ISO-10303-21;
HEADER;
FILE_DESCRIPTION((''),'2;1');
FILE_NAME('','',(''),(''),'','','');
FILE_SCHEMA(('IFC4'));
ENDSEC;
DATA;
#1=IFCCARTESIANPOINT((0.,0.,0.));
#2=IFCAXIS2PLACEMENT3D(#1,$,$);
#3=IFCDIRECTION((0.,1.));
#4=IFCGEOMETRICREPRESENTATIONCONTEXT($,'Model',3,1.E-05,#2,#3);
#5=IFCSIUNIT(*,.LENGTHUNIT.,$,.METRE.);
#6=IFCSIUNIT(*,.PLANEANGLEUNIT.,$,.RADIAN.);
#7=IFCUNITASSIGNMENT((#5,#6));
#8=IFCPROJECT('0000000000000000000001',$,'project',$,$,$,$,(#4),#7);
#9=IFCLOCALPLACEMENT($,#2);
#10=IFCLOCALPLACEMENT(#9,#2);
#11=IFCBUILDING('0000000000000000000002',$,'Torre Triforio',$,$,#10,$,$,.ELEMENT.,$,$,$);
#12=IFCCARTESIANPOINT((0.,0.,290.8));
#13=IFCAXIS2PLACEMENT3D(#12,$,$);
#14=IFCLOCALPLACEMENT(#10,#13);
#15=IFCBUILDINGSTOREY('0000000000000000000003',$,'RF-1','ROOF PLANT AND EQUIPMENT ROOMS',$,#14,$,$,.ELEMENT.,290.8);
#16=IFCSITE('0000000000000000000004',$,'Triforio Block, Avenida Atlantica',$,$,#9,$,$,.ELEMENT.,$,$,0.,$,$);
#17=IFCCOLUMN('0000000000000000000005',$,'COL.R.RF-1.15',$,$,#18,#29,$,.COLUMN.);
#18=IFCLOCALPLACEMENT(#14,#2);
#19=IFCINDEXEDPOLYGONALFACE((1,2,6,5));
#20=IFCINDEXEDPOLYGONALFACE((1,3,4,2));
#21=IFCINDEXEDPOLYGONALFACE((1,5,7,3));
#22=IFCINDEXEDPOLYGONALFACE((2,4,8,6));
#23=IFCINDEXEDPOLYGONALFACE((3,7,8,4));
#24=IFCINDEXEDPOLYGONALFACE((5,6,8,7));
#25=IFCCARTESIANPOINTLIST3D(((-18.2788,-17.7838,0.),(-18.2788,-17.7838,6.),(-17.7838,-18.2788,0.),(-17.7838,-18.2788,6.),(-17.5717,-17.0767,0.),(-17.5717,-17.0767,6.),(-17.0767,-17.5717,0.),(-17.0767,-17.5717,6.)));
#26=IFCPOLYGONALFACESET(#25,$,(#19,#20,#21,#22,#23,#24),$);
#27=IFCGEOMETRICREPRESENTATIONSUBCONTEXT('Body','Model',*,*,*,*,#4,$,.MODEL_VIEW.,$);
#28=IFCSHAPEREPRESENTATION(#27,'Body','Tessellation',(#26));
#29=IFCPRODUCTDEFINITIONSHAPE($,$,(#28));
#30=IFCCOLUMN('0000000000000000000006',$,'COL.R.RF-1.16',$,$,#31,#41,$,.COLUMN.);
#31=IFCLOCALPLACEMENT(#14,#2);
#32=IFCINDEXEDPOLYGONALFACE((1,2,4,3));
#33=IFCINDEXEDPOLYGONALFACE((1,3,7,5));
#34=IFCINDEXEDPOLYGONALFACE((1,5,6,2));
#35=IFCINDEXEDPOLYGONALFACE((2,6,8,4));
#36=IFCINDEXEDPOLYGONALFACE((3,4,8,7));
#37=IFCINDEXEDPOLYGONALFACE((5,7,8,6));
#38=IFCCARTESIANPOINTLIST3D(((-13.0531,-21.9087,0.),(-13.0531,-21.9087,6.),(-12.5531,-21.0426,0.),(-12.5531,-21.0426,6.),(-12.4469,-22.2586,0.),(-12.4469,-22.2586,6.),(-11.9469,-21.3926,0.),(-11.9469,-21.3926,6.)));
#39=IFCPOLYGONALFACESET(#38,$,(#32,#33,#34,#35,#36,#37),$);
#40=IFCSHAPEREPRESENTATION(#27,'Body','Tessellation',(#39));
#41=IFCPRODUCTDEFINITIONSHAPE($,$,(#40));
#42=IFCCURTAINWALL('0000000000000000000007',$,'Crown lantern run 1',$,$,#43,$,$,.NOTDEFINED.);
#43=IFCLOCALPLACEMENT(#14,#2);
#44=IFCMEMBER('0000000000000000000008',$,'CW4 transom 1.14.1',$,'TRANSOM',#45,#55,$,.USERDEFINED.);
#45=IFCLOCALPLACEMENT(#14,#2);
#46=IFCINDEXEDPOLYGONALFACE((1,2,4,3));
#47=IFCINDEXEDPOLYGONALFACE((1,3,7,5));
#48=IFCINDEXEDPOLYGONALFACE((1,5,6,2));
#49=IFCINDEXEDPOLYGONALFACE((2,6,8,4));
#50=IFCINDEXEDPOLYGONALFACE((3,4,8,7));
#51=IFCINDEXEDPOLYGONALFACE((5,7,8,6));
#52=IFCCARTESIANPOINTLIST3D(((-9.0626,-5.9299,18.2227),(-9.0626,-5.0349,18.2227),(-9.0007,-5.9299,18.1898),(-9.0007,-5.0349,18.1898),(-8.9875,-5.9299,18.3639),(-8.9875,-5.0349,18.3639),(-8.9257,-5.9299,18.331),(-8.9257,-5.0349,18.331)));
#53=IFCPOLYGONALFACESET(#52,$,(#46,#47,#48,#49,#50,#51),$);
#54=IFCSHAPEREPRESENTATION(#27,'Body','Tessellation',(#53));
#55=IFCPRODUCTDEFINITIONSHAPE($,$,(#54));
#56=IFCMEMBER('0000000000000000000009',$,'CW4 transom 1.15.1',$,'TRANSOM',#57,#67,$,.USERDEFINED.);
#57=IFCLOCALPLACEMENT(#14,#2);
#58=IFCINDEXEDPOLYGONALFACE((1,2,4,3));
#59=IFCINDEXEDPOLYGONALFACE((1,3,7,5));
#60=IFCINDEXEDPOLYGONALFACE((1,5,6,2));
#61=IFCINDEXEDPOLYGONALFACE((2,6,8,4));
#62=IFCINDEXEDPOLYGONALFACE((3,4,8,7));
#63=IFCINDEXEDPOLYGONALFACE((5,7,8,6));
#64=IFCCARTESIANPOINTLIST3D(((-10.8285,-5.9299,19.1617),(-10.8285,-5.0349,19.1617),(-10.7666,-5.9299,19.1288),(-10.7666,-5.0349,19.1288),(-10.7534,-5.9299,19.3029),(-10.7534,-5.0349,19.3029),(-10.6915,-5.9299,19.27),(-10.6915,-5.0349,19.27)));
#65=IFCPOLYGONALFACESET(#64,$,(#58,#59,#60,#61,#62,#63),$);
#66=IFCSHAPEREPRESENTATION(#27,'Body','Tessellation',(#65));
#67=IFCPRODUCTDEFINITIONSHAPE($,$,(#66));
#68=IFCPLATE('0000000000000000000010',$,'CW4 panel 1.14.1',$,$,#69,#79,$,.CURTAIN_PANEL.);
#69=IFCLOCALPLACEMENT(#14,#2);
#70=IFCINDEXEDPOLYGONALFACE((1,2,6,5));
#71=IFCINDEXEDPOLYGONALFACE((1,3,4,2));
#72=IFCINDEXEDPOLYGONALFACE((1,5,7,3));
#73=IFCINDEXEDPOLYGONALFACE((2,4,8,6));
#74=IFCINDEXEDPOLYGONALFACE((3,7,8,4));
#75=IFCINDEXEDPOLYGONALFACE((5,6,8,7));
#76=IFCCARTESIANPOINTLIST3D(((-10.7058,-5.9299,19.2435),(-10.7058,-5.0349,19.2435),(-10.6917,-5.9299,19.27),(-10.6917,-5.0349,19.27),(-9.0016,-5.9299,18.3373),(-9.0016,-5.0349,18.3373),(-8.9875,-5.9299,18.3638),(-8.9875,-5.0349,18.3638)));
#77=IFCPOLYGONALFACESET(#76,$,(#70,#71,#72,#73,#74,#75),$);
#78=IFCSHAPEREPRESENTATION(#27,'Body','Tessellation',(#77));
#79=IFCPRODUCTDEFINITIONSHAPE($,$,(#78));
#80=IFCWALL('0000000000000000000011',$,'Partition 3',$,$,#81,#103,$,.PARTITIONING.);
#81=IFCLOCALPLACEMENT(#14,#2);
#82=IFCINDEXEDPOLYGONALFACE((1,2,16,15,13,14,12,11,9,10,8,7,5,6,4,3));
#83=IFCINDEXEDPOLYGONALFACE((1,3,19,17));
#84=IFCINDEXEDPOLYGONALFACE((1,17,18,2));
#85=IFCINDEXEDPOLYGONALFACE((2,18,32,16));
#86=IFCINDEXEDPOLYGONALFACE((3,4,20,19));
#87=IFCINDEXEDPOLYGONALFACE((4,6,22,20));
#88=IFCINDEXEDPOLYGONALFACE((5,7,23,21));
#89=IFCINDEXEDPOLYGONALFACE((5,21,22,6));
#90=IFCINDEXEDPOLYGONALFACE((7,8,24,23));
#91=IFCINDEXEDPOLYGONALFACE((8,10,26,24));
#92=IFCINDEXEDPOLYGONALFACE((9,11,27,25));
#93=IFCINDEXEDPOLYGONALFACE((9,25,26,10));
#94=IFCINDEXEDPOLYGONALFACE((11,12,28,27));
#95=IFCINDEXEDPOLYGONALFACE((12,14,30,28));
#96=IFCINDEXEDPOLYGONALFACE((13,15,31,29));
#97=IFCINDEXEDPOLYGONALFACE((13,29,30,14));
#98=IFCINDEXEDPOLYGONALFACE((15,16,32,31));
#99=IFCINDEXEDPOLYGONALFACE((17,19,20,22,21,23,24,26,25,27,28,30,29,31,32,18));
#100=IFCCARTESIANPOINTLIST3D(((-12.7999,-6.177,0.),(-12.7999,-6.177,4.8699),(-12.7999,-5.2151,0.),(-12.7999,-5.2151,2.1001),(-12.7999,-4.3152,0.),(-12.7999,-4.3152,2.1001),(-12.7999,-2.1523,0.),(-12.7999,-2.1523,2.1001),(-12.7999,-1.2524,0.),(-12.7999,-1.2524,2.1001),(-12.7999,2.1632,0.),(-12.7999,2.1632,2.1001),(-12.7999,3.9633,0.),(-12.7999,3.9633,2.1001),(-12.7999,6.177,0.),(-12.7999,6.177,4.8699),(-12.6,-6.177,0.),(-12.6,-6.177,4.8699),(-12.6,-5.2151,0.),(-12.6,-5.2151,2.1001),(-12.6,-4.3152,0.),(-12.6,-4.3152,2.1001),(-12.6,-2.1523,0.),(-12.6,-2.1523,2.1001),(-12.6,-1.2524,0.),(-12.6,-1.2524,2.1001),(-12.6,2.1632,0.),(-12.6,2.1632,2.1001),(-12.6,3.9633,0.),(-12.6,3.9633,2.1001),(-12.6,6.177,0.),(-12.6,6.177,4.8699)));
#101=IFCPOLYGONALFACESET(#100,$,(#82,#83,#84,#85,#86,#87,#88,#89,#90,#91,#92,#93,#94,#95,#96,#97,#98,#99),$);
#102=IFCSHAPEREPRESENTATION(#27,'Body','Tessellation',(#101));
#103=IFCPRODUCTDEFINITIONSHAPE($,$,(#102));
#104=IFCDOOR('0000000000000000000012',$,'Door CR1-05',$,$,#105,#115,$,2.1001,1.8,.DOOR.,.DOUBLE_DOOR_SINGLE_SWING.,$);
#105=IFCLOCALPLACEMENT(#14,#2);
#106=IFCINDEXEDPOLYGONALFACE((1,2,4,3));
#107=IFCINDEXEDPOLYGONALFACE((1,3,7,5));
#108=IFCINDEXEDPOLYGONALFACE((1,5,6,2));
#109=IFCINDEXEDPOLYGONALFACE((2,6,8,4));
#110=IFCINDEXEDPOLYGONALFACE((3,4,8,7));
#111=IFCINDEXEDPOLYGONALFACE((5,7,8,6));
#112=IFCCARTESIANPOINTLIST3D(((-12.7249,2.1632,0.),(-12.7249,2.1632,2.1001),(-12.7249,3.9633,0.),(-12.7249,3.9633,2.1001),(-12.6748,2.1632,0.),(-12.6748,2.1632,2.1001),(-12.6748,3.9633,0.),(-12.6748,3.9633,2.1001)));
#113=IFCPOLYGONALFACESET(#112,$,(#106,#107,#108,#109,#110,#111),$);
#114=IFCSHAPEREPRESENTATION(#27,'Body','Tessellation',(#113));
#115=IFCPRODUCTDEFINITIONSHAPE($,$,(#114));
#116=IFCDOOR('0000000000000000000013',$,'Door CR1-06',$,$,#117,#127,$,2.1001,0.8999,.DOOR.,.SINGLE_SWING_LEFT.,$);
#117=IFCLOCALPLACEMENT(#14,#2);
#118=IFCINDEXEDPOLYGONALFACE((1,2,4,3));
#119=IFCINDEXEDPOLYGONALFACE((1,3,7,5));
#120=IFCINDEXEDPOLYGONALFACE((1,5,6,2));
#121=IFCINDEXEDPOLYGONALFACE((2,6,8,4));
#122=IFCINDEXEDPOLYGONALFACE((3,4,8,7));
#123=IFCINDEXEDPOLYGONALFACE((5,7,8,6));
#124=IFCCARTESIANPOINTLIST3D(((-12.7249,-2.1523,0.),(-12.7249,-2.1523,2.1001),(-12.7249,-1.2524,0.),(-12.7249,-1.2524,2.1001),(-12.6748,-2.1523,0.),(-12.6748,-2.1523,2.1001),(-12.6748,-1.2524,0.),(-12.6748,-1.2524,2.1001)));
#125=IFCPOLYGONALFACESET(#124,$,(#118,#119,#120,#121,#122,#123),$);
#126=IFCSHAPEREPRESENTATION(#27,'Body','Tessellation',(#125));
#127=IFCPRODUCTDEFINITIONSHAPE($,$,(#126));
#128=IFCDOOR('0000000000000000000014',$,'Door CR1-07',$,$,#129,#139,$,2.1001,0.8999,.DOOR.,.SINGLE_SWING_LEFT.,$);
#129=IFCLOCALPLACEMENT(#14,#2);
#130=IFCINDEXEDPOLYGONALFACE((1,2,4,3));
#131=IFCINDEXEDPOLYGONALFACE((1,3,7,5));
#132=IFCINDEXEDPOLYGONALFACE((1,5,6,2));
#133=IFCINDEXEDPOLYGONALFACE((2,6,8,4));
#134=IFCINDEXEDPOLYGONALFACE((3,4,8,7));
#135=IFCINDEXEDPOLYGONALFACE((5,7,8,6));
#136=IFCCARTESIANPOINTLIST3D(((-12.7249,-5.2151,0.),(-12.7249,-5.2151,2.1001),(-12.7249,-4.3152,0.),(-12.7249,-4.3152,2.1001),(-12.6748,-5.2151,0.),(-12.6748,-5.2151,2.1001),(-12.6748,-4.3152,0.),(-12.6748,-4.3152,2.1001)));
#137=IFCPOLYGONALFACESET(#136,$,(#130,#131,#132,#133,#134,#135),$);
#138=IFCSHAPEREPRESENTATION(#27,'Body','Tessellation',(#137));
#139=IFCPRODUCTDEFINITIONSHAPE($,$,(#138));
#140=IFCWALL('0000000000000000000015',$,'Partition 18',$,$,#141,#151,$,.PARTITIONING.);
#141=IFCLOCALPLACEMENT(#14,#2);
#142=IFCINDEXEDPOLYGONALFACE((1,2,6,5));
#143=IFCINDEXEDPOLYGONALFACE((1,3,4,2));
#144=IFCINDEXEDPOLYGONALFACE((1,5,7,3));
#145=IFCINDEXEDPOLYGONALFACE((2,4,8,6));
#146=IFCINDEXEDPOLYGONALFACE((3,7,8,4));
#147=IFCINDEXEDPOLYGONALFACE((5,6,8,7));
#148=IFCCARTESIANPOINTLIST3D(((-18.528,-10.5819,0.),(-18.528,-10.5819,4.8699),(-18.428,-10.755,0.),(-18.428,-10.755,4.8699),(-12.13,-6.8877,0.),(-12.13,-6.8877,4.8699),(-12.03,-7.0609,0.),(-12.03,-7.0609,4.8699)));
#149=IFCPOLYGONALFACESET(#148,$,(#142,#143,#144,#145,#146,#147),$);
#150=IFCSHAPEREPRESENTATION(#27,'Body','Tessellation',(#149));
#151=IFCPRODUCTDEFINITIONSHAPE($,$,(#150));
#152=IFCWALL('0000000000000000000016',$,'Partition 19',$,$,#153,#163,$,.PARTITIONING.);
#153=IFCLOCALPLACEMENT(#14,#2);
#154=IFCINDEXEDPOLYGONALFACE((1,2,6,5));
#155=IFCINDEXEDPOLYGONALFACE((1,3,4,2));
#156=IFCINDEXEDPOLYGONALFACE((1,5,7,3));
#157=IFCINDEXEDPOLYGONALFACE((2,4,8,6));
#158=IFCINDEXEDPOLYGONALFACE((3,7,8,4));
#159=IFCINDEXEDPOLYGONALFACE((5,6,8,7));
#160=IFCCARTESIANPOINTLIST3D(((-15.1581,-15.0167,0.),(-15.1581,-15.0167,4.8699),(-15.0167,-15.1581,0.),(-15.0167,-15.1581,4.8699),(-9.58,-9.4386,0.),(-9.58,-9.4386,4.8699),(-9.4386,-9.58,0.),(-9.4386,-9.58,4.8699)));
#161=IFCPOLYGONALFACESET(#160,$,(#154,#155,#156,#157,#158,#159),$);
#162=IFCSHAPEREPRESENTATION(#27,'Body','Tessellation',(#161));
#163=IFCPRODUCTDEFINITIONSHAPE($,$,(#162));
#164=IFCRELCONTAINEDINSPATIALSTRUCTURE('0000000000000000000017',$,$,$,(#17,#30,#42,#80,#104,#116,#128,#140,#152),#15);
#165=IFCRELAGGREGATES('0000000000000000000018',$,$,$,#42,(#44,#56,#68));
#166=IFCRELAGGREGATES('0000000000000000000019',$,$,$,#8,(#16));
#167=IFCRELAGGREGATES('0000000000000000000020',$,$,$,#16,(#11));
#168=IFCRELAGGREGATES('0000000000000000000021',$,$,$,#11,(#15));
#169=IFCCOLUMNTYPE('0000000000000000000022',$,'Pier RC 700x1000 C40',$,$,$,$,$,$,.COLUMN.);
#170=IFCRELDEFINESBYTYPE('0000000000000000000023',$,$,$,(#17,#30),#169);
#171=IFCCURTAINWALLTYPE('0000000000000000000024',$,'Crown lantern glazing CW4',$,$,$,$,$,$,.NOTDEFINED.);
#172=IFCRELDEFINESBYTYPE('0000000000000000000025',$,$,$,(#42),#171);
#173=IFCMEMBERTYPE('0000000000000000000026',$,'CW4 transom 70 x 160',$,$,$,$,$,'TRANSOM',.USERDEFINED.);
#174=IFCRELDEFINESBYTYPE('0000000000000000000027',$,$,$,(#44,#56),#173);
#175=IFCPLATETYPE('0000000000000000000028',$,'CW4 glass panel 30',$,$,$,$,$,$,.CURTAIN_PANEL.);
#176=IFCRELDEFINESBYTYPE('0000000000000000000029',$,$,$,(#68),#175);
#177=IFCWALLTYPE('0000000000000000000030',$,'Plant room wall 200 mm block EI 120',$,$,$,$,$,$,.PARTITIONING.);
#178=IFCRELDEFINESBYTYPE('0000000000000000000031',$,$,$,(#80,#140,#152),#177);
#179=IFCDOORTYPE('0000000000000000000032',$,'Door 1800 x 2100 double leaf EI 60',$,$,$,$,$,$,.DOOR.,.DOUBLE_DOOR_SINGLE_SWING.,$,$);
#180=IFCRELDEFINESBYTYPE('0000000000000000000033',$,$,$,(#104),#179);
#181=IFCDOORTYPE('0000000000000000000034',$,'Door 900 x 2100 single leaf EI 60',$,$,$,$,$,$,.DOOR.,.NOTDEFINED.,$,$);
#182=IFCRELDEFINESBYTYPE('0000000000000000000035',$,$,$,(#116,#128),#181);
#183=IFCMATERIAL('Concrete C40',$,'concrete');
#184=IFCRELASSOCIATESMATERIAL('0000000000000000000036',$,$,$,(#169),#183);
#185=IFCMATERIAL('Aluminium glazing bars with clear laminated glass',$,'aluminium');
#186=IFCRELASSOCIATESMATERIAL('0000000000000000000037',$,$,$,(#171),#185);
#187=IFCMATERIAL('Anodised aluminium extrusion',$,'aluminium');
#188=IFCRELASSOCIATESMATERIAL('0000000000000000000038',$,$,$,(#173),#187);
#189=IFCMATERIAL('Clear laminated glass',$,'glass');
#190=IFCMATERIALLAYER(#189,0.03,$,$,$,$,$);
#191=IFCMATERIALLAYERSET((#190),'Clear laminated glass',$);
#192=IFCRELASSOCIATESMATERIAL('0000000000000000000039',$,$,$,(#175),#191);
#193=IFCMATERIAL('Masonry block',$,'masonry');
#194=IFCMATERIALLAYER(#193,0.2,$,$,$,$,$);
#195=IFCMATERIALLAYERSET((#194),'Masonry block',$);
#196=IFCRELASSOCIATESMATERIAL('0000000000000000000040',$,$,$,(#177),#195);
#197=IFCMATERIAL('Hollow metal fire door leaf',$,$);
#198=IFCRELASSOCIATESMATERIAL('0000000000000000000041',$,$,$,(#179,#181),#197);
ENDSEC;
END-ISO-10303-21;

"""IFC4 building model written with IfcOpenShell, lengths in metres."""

from ifc_helpers import new_model, si_unit, direction, frame, frame_2d, origin, origin_2d, place, context, subcontext, project, spatial, polyline, rectangle, outline, extrude, material, layer, layer_set, material_profile, profile_set, type_object, element, fill, aggregate, save


model = new_model("IFC4")

# Units and contexts
model_context = context("Model", 3, precision=1e-05, world=origin(), true_north=direction((0.0, 1.0)))
body_context = subcontext(model_context, "Body", "Model", "MODEL_VIEW")
ifc_project = project(units=[si_unit("LENGTHUNIT", "METRE"), si_unit("PLANEANGLEUNIT", "RADIAN")], contexts=[model_context])

# Site, building, storey
site_placement = place(None, origin())
site = spatial("IfcSite", under=ifc_project, at=site_placement, Name="Triforio Block, Avenida Atlantica", CompositionType="ELEMENT", RefElevation=0.0)
building_placement = place(site_placement, origin())
building = spatial("IfcBuilding", under=site, at=building_placement, Name="Torre Triforio", CompositionType="ELEMENT")
storey_placement = place(building_placement, frame((0.0, 0.0, 290.8)))
storey = spatial("IfcBuildingStorey", under=building, at=storey_placement, Name="RF-1", Description="ROOF PLANT AND EQUIPMENT ROOMS", CompositionType="ELEMENT", Elevation=290.8)

# Columns
ifc_material_1 = material(Name="Concrete C40", Category="concrete")
ifc_material_profile_1 = material_profile(ifc_material_1, rectangle(XDim=0.7, YDim=1.0, at=origin_2d()), Name="RC 700x1000")
ifc_profile_set_1 = profile_set([ifc_material_profile_1], Name="Concrete C40")
column_type = type_object("IfcColumnType", Name="Pier RC 700x1000 C40", PredefinedType="COLUMN", material=ifc_profile_set_1)
for number, where, z_axis, x_axis, name in (
    (1, (-17.6777, -17.6777, 0.0), (0.0, 0.0, 1.0), (0.707107, -0.707107, 0.0), "COL.R.RF-1.15"),
    (2, (-12.5, -21.6506, 0.0), (0.0, 0.0, 1.0), (0.866025, -0.5, 0.0), "COL.R.RF-1.16"),
):
    element("IfcColumn", number, at=place(storey_placement, frame(where, z_axis=z_axis, x_axis=x_axis)), inside=storey, type_object=column_type, Name=name, PredefinedType="COLUMN", context=body_context, shape_type="SweptSolid", body=[
        extrude(rectangle(XDim=0.7, YDim=1.0, at=origin_2d()), origin(), (0.0, 0.0, 1.0), 6.0),
    ])

# Curtain wall, members, plate
ifc_material_2 = material(Name="Aluminium glazing bars with clear laminated glass", Category="aluminium")
curtain_wall_type = type_object("IfcCurtainWallType", Name="Crown lantern glazing CW4", PredefinedType="NOTDEFINED", material=ifc_material_2)
curtain_wall_placement = place(storey_placement, origin())
curtain_wall = element("IfcCurtainWall", 3, at=curtain_wall_placement, inside=storey, type_object=curtain_wall_type, Name="Crown lantern run 1", PredefinedType="NOTDEFINED")
ifc_material_3 = material(Name="Anodised aluminium extrusion", Category="aluminium")
ifc_material_profile_2 = material_profile(ifc_material_3, rectangle(XDim=0.0701, YDim=0.1599, at=origin_2d()), Name="CW4 TRANSOM 70x160")
ifc_profile_set_2 = profile_set([ifc_material_profile_2], Name="Anodised aluminium extrusion")
member_type = type_object("IfcMemberType", Name="CW4 transom 70 x 160", ElementType="TRANSOM", PredefinedType="USERDEFINED", material=ifc_profile_set_2)
member_1_placement = place(storey_placement, frame((-8.9941, -5.9299, 18.2769), z_axis=(0.0, 1.0, 0.0), x_axis=(-0.882948, 0.0, 0.469472)))
member_1 = element("IfcMember", 4, at=member_1_placement, type_object=member_type, Name="CW4 transom 1.14.1", ObjectType="TRANSOM", PredefinedType="USERDEFINED", context=body_context, shape_type="SweptSolid", body=[
    extrude(rectangle(XDim=0.0701, YDim=0.1599, at=origin_2d()), origin(), (0.0, 0.0, 1.0), 0.895),
])
member_2_placement = place(storey_placement, frame((-10.76, -5.9299, 19.2158), z_axis=(0.0, 1.0, 0.0), x_axis=(-0.882948, 0.0, 0.469472)))
member_2 = element("IfcMember", 5, at=member_2_placement, type_object=member_type, Name="CW4 transom 1.15.1", ObjectType="TRANSOM", PredefinedType="USERDEFINED", context=body_context, shape_type="SweptSolid", body=[
    extrude(rectangle(XDim=0.0701, YDim=0.1599, at=origin_2d()), origin(), (0.0, 0.0, 1.0), 0.895),
])
ifc_material_4 = material(Name="Clear laminated glass", Category="glass")
ifc_layer_1 = layer(ifc_material_4, 0.03)
ifc_layer_set_1 = layer_set([ifc_layer_1], Name="Clear laminated glass")
plate_type = type_object("IfcPlateType", Name="CW4 glass panel 30", PredefinedType="CURTAIN_PANEL", material=ifc_layer_set_1)
plate_placement = place(storey_placement, frame((-8.9875, -5.9299, 18.3638), z_axis=(0.469537, 0.0, 0.882913), x_axis=(0.0, 1.0, 0.0)))
plate = element("IfcPlate", 6, at=plate_placement, type_object=plate_type, Name="CW4 panel 1.14.1", PredefinedType="CURTAIN_PANEL", context=body_context, shape_type="SweptSolid", body=[
    extrude(outline(polyline([(0.0, 0.0), (0.895, 0.0), (0.895, 1.9301), (0.0, 1.9301), (0.0, 0.0)])), origin(), (0.0, 0.0, -1.0), 0.03),
])
aggregate(curtain_wall, [member_1, member_2, plate])

# Wall, openings, doors
ifc_material_5 = material(Name="Masonry block", Category="masonry")
ifc_layer_2 = layer(ifc_material_5, 0.2)
ifc_layer_set_2 = layer_set([ifc_layer_2], Name="Masonry block")
wall_type_1 = type_object("IfcWallType", Name="Plant room wall 200 mm block EI 120", PredefinedType="PARTITIONING", material=ifc_layer_set_2)
wall_1_placement = place(storey_placement, frame((-12.7, -6.177, 0.0), z_axis=(0.0, 0.0, 1.0), x_axis=(0.0, 1.0, 0.0)))
wall_1 = element("IfcWall", 7, at=wall_1_placement, inside=storey, type_object=wall_type_1, Name="Partition 3", PredefinedType="PARTITIONING", context=body_context, shape_type="SweptSolid", body=[
    extrude(rectangle(XDim=12.354, YDim=0.2, at=frame_2d((6.177, 0.0))), origin(), (0.0, 0.0, 1.0), 4.8699),
])
opening_1_placement = place(wall_1_placement, frame((8.3403, 0.0, 0.0)))
opening_1 = element("IfcOpeningElement", 8, at=opening_1_placement, cuts=wall_1, PredefinedType="OPENING", context=body_context, shape_type="SweptSolid", body=[
    extrude(rectangle(XDim=1.8, YDim=2.1001, at=frame_2d((0.8999, 1.05))), frame((0.0, 0.1099, 0.0), z_axis=(0.0, -1.0, 0.0), x_axis=(1.0, 0.0, 0.0)), (0.0, 0.0, 1.0), 0.22),
])
opening_2_placement = place(wall_1_placement, frame((4.0247, 0.0, 0.0)))
opening_2 = element("IfcOpeningElement", 9, at=opening_2_placement, cuts=wall_1, PredefinedType="OPENING", context=body_context, shape_type="SweptSolid", body=[
    extrude(rectangle(XDim=0.8999, YDim=2.1001, at=frame_2d((0.45, 1.05))), frame((0.0, 0.1099, 0.0), z_axis=(0.0, -1.0, 0.0), x_axis=(1.0, 0.0, 0.0)), (0.0, 0.0, 1.0), 0.22),
])
opening_3_placement = place(wall_1_placement, frame((0.9619, 0.0, 0.0)))
opening_3 = element("IfcOpeningElement", 10, at=opening_3_placement, cuts=wall_1, PredefinedType="OPENING", context=body_context, shape_type="SweptSolid", body=[
    extrude(rectangle(XDim=0.8999, YDim=2.1001, at=frame_2d((0.45, 1.05))), frame((0.0, 0.1099, 0.0), z_axis=(0.0, -1.0, 0.0), x_axis=(1.0, 0.0, 0.0)), (0.0, 0.0, 1.0), 0.22),
])
ifc_material_6 = material(Name="Hollow metal fire door leaf")
door_type_1 = type_object("IfcDoorType", Name="Door 1800 x 2100 double leaf EI 60", OperationType="DOUBLE_DOOR_SINGLE_SWING", PredefinedType="DOOR", material=ifc_material_6)
door_1_placement = place(opening_1_placement, origin())
door_1 = element("IfcDoor", 11, at=door_1_placement, inside=storey, type_object=door_type_1, Name="Door CR1-05", OperationType="DOUBLE_DOOR_SINGLE_SWING", OverallHeight=2.1001, OverallWidth=1.8, PredefinedType="DOOR", context=body_context, shape_type="SweptSolid", body=[
    extrude(rectangle(XDim=1.8, YDim=2.1001, at=frame_2d((0.8999, 1.05))), frame((0.0, 0.0249, 0.0), z_axis=(0.0, -1.0, 0.0), x_axis=(1.0, 0.0, 0.0)), (0.0, 0.0, 1.0), 0.05),
])
fill(opening_1, door_1)
door_type_2 = type_object("IfcDoorType", Name="Door 900 x 2100 single leaf EI 60", OperationType="NOTDEFINED", PredefinedType="DOOR", material=ifc_material_6)
door_2_placement = place(opening_2_placement, origin())
door_2 = element("IfcDoor", 12, at=door_2_placement, inside=storey, type_object=door_type_2, Name="Door CR1-06", OperationType="SINGLE_SWING_LEFT", OverallHeight=2.1001, OverallWidth=0.8999, PredefinedType="DOOR", context=body_context, shape_type="SweptSolid", body=[
    extrude(rectangle(XDim=0.8999, YDim=2.1001, at=frame_2d((0.45, 1.05))), frame((0.0, 0.0249, 0.0), z_axis=(0.0, -1.0, 0.0), x_axis=(1.0, 0.0, 0.0)), (0.0, 0.0, 1.0), 0.05),
])
fill(opening_2, door_2)
door_3_placement = place(opening_3_placement, origin())
door_3 = element("IfcDoor", 13, at=door_3_placement, inside=storey, type_object=door_type_2, Name="Door CR1-07", OperationType="SINGLE_SWING_LEFT", OverallHeight=2.1001, OverallWidth=0.8999, PredefinedType="DOOR", context=body_context, shape_type="SweptSolid", body=[
    extrude(rectangle(XDim=0.8999, YDim=2.1001, at=frame_2d((0.45, 1.05))), frame((0.0, 0.0249, 0.0), z_axis=(0.0, -1.0, 0.0), x_axis=(1.0, 0.0, 0.0)), (0.0, 0.0, 1.0), 0.05),
])
fill(opening_3, door_3)

# Walls
wall_2_placement = place(storey_placement, frame((-12.0801, -6.9744, 0.0), z_axis=(0.0, 0.0, 1.0), x_axis=(-0.866012, -0.500024, 0.0)))
element("IfcWall", 14, at=wall_2_placement, inside=storey, type_object=wall_type_1, Name="Partition 18", PredefinedType="PARTITIONING", context=body_context, shape_type="SweptSolid", body=[
    extrude(rectangle(XDim=7.3879, YDim=0.2, at=frame_2d((3.6938, 0.0))), origin(), (0.0, 0.0, 1.0), 4.8699),
])
wall_3_placement = place(storey_placement, frame((-9.5093, -9.5093, 0.0), z_axis=(0.0, 0.0, 1.0), x_axis=(-0.707107, -0.707107, 0.0)))
element("IfcWall", 15, at=wall_3_placement, inside=storey, type_object=wall_type_1, Name="Partition 19", PredefinedType="PARTITIONING", context=body_context, shape_type="SweptSolid", body=[
    extrude(rectangle(XDim=7.8887, YDim=0.2, at=frame_2d((3.9443, 0.0))), origin(), (0.0, 0.0, 1.0), 4.8699),
])

save(model, "model.ifc")
